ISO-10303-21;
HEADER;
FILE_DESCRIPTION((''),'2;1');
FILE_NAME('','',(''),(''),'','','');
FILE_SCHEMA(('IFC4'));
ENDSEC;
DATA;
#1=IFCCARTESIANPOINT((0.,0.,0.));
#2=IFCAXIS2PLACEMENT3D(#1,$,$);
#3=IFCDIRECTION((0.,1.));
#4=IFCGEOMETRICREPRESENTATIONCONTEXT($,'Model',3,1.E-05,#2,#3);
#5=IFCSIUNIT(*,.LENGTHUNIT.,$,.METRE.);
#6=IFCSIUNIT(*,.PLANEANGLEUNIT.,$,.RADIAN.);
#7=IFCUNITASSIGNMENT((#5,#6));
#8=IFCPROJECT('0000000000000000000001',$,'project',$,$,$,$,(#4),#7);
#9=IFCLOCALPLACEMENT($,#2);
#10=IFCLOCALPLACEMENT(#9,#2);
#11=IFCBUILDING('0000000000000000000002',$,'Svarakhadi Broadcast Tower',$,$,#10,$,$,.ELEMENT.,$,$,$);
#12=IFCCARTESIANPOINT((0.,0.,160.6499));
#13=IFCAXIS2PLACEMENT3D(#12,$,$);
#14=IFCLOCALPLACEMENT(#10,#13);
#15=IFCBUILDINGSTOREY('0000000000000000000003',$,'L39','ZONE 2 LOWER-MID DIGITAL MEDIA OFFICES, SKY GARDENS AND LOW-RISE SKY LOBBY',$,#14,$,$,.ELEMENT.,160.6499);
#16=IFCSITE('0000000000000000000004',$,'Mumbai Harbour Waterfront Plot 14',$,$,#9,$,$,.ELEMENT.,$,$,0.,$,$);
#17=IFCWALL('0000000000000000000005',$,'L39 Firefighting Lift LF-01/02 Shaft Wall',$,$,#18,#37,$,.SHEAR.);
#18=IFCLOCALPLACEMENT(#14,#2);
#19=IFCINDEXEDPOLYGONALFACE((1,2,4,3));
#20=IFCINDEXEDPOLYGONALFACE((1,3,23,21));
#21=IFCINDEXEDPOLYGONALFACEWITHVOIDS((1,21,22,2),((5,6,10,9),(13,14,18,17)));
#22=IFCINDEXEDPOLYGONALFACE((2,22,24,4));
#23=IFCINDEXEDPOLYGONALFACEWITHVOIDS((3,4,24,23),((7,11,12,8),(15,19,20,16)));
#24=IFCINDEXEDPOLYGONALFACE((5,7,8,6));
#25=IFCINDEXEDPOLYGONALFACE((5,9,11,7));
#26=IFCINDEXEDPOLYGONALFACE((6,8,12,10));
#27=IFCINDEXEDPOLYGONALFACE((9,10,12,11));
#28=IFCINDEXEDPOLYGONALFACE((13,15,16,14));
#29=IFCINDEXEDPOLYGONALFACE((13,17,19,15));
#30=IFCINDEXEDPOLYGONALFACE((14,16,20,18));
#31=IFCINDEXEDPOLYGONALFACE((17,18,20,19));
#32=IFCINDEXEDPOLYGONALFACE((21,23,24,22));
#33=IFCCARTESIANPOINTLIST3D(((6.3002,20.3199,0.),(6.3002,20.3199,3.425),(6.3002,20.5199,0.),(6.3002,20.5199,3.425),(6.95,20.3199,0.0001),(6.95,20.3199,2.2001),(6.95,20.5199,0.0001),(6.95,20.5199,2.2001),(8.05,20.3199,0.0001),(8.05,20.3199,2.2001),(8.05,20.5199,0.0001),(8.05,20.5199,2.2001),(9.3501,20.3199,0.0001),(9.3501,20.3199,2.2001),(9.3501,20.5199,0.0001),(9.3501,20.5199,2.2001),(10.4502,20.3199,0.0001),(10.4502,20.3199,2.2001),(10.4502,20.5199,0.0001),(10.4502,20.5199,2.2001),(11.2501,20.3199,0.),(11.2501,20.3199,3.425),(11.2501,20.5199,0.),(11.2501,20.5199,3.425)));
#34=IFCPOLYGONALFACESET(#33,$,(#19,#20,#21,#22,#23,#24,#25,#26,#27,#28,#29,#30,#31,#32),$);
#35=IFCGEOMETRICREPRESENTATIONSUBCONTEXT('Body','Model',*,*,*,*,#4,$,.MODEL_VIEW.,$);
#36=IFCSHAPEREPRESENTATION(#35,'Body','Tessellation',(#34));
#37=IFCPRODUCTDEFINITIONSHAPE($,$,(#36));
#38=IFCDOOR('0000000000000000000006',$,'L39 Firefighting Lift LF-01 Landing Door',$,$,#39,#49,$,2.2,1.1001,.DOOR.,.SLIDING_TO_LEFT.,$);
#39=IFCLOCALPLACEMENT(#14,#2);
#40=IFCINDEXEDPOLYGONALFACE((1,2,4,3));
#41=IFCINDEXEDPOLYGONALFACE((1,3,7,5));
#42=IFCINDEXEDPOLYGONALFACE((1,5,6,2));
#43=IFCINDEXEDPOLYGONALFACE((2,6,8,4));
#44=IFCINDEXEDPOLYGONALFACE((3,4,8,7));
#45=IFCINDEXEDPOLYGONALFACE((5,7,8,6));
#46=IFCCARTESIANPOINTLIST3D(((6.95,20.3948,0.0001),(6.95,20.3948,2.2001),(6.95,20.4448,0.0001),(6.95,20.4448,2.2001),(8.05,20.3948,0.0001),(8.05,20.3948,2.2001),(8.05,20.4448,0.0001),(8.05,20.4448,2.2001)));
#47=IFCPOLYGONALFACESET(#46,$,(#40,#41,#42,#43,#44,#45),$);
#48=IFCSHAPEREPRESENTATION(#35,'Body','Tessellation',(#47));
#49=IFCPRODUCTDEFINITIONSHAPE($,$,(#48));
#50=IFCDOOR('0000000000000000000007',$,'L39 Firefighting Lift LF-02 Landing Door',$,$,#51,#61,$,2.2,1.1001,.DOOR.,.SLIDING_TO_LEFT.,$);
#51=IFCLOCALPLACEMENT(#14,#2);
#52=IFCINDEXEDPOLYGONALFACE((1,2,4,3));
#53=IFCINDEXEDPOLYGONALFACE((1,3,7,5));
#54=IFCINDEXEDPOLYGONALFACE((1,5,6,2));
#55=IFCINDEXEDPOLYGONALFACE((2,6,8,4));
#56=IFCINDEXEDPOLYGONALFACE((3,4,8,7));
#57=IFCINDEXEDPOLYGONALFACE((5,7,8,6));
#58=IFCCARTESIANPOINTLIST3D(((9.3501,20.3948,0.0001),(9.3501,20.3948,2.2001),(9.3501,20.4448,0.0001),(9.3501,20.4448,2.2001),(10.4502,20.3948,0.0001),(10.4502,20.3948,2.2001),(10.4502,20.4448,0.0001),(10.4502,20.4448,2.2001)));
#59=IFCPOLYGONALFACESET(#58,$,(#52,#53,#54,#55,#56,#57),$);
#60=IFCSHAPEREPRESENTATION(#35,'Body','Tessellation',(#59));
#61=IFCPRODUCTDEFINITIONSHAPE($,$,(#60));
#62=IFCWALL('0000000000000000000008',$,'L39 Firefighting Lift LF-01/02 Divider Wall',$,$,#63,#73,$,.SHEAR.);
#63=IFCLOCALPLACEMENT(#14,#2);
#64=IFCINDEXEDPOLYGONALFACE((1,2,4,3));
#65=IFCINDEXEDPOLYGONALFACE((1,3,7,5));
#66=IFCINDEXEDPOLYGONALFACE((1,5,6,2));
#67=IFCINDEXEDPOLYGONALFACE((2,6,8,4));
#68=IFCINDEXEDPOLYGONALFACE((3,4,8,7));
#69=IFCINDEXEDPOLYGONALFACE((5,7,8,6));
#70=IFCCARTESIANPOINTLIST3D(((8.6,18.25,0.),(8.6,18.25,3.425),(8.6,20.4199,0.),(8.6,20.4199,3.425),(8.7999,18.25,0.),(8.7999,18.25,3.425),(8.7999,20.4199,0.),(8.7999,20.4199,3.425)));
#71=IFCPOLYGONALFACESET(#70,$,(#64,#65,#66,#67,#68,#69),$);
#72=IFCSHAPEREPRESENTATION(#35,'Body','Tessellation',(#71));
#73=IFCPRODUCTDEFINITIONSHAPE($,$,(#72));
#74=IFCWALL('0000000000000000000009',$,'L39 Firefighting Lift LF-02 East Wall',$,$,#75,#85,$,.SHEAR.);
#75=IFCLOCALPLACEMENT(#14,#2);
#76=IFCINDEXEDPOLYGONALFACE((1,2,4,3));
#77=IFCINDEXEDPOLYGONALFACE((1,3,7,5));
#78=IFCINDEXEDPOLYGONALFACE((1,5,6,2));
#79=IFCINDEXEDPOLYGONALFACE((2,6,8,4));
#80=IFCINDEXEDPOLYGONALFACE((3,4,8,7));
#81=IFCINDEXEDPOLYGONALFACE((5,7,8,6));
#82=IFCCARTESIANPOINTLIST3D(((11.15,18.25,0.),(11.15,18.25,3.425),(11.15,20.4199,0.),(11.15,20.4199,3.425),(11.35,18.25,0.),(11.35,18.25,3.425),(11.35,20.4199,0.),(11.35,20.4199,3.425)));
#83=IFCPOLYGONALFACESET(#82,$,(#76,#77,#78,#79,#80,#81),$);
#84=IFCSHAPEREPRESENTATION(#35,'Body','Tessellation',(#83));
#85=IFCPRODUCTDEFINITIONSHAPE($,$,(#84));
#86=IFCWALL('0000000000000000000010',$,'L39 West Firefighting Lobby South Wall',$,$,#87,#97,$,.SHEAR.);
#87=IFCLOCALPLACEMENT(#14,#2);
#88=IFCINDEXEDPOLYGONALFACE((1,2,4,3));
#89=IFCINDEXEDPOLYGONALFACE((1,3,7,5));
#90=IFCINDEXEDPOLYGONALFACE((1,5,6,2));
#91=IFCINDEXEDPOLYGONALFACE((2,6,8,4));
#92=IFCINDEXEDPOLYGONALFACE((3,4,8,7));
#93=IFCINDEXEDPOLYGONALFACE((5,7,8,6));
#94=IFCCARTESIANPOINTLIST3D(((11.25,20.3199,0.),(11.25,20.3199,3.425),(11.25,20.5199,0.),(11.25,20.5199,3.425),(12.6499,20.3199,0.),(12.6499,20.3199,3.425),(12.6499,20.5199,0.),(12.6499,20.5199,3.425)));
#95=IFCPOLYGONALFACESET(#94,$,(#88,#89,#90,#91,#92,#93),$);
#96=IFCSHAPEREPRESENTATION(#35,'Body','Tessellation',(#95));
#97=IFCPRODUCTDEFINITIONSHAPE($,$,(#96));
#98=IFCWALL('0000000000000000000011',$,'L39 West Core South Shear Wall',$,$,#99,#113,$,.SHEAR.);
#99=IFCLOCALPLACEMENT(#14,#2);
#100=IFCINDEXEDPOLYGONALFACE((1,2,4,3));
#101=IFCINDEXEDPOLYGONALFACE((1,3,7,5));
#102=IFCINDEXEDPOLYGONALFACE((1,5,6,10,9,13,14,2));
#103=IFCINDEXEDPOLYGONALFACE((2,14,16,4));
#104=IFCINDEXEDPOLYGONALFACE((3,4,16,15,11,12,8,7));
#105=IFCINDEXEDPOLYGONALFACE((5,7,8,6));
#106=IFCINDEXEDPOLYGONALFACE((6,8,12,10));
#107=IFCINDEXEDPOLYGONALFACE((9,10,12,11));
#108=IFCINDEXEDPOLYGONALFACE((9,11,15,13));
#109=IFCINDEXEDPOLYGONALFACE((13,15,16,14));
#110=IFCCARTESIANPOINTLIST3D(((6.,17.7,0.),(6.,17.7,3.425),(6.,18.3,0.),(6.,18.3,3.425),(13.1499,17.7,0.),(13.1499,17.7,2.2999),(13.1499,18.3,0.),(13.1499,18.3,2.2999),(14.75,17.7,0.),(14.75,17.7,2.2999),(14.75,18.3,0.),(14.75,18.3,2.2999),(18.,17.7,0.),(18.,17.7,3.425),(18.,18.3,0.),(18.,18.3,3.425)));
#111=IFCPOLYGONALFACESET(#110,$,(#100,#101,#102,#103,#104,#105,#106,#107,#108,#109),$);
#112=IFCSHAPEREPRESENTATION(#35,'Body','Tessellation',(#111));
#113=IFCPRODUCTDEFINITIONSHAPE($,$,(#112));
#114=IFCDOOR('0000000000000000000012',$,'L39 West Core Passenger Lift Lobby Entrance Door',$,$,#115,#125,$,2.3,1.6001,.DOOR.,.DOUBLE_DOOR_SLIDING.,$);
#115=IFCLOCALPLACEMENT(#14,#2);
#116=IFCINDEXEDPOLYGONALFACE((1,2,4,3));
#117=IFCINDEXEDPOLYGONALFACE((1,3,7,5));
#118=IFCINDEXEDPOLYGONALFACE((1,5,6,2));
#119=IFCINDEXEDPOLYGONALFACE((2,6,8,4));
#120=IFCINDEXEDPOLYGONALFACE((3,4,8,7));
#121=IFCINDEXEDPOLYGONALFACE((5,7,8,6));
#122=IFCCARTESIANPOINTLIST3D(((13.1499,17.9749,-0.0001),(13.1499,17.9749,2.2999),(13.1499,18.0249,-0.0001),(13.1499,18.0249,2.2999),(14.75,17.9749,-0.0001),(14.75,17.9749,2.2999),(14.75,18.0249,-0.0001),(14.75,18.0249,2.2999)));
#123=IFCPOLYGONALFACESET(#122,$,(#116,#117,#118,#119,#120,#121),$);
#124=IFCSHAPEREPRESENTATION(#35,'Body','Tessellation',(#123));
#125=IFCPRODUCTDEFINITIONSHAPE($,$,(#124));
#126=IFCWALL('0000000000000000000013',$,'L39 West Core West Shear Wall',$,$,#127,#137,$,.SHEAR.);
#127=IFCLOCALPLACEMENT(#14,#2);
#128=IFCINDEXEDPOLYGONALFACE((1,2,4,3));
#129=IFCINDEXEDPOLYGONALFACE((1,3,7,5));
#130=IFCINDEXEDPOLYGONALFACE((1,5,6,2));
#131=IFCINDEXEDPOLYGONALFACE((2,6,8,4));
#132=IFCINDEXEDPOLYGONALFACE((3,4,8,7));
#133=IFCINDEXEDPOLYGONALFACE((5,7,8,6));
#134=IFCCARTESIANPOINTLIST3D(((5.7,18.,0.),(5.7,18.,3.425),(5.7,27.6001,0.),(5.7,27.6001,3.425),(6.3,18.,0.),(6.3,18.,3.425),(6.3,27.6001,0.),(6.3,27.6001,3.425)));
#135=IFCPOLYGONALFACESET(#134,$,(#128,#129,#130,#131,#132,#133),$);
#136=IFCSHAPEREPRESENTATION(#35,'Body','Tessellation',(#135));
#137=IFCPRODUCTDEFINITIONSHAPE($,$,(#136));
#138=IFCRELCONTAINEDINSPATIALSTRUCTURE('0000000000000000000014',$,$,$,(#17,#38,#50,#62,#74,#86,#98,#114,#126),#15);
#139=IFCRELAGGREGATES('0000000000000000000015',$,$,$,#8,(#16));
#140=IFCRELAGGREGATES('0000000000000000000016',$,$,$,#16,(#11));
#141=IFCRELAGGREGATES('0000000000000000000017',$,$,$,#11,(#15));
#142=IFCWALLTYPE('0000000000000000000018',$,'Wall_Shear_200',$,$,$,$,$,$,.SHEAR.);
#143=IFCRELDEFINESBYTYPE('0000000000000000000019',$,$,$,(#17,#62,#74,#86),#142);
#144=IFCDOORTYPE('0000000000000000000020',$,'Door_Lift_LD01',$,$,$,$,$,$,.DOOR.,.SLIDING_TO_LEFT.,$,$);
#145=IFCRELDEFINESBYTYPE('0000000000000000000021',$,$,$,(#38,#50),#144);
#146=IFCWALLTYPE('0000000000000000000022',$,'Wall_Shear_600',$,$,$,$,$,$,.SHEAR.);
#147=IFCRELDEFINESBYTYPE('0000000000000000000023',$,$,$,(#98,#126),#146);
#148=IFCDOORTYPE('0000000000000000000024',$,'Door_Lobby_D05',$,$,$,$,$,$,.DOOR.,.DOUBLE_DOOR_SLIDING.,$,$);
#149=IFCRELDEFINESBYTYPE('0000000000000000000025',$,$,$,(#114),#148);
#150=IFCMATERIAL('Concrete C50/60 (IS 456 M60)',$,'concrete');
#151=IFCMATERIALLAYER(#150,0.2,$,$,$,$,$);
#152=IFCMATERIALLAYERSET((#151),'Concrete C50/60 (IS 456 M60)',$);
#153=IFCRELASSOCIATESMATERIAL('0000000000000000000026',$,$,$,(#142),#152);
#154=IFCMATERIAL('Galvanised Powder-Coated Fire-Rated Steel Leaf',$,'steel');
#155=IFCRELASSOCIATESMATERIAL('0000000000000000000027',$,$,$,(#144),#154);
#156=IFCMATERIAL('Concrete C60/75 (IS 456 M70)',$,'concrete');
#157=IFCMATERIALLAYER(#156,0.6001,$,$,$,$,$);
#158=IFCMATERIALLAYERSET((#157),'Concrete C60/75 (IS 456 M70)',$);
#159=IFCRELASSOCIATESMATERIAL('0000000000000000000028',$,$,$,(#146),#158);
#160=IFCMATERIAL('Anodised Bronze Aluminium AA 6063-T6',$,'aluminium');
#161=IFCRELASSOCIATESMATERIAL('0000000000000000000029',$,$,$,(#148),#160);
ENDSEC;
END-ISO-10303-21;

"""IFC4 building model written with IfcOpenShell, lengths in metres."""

from ifc_helpers import new_model, si_unit, direction, frame, frame_2d, origin, place, context, subcontext, project, spatial, rectangle, extrude, material, layer, layer_set, type_object, element, fill, save


model = new_model("IFC4")

# Units and contexts
model_context = context("Model", 3, precision=1e-05, world=origin(), true_north=direction((0.0, 1.0)))
body_context = subcontext(model_context, "Body", "Model", "MODEL_VIEW")
ifc_project = project(units=[si_unit("LENGTHUNIT", "METRE"), si_unit("PLANEANGLEUNIT", "RADIAN")], contexts=[model_context])

# Site, building, storey
site_placement = place(None, origin())
site = spatial("IfcSite", under=ifc_project, at=site_placement, Name="Mumbai Harbour Waterfront Plot 14", CompositionType="ELEMENT", RefElevation=0.0)
building_placement = place(site_placement, origin())
building = spatial("IfcBuilding", under=site, at=building_placement, Name="Svarakhadi Broadcast Tower", CompositionType="ELEMENT")
storey_placement = place(building_placement, frame((0.0, 0.0, 160.6499)))
storey = spatial("IfcBuildingStorey", under=building, at=storey_placement, Name="L39", Description="ZONE 2 LOWER-MID DIGITAL MEDIA OFFICES, SKY GARDENS AND LOW-RISE SKY LOBBY", CompositionType="ELEMENT", Elevation=160.6499)

# Shared definitions
ifc_material_1 = material(Name="Concrete C50/60 (IS 456 M60)", Category="concrete")

# Wall, openings, doors
ifc_layer_1 = layer(ifc_material_1, 0.2)
ifc_layer_set_1 = layer_set([ifc_layer_1], Name="Concrete C50/60 (IS 456 M60)")
wall_type_1 = type_object("IfcWallType", Name="Wall_Shear_200", PredefinedType="SHEAR", material=ifc_layer_set_1)
wall_1_placement = place(storey_placement, frame((6.3, 20.4199, 0.0), z_axis=(0.0, 0.0, 1.0), x_axis=(1.0, 0.0, 0.0)))
wall_1 = element("IfcWall", 1, at=wall_1_placement, inside=storey, type_object=wall_type_1, Name="L39 Firefighting Lift LF-01/02 Shaft Wall", PredefinedType="SHEAR", context=body_context, shape_type="SweptSolid", body=[
    extrude(rectangle(XDim=4.95, YDim=0.2, at=frame_2d((2.4751, 0.0))), origin(), (0.0, 0.0, 1.0), 3.425),
])
opening_1_placement = place(wall_1_placement, frame((0.6499, 0.0, 0.0)))
opening_1 = element("IfcOpeningElement", 2, at=opening_1_placement, cuts=wall_1, PredefinedType="OPENING", context=body_context, shape_type="SweptSolid", body=[
    extrude(rectangle(XDim=1.1001, YDim=2.2, at=frame_2d((0.55, 1.1001))), frame((0.0, 0.1099, 0.0), z_axis=(0.0, -1.0, 0.0), x_axis=(1.0, 0.0, 0.0)), (0.0, 0.0, 1.0), 0.22),
])
opening_2_placement = place(wall_1_placement, frame((3.05, 0.0, 0.0)))
opening_2 = element("IfcOpeningElement", 3, at=opening_2_placement, cuts=wall_1, PredefinedType="OPENING", context=body_context, shape_type="SweptSolid", body=[
    extrude(rectangle(XDim=1.1001, YDim=2.2, at=frame_2d((0.55, 1.1001))), frame((0.0, 0.1099, 0.0), z_axis=(0.0, -1.0, 0.0), x_axis=(1.0, 0.0, 0.0)), (0.0, 0.0, 1.0), 0.22),
])
ifc_material_2 = material(Name="Galvanised Powder-Coated Fire-Rated Steel Leaf", Category="steel")
door_type_1 = type_object("IfcDoorType", Name="Door_Lift_LD01", OperationType="SLIDING_TO_LEFT", PredefinedType="DOOR", material=ifc_material_2)
door_1_placement = place(opening_1_placement, origin())
door_1 = element("IfcDoor", 4, at=door_1_placement, inside=storey, type_object=door_type_1, Name="L39 Firefighting Lift LF-01 Landing Door", OperationType="SLIDING_TO_LEFT", OverallHeight=2.2, OverallWidth=1.1001, PredefinedType="DOOR", context=body_context, shape_type="SweptSolid", body=[
    extrude(rectangle(XDim=1.1001, YDim=2.2, at=frame_2d((0.55, 1.1001))), frame((0.0, 0.0249, 0.0), z_axis=(0.0, -1.0, 0.0), x_axis=(1.0, 0.0, 0.0)), (0.0, 0.0, 1.0), 0.05),
])
fill(opening_1, door_1)
door_2_placement = place(opening_2_placement, origin())
door_2 = element("IfcDoor", 5, at=door_2_placement, inside=storey, type_object=door_type_1, Name="L39 Firefighting Lift LF-02 Landing Door", OperationType="SLIDING_TO_LEFT", OverallHeight=2.2, OverallWidth=1.1001, PredefinedType="DOOR", context=body_context, shape_type="SweptSolid", body=[
    extrude(rectangle(XDim=1.1001, YDim=2.2, at=frame_2d((0.55, 1.1001))), frame((0.0, 0.0249, 0.0), z_axis=(0.0, -1.0, 0.0), x_axis=(1.0, 0.0, 0.0)), (0.0, 0.0, 1.0), 0.05),
])
fill(opening_2, door_2)

# Walls
for number, where, z_axis, x_axis, name in (
    (6, (8.7, 18.25, 0.0), (0.0, 0.0, 1.0), (0.0, 1.0, 0.0), "L39 Firefighting Lift LF-01/02 Divider Wall"),
    (7, (11.25, 18.25, 0.0), (0.0, 0.0, 1.0), (0.0, 1.0, 0.0), "L39 Firefighting Lift LF-02 East Wall"),
):
    element("IfcWall", number, at=place(storey_placement, frame(where, z_axis=z_axis, x_axis=x_axis)), inside=storey, type_object=wall_type_1, Name=name, PredefinedType="SHEAR", context=body_context, shape_type="SweptSolid", body=[
        extrude(rectangle(XDim=2.1699, YDim=0.2, at=frame_2d((1.085, 0.0))), origin(), (0.0, 0.0, 1.0), 3.425),
    ])
wall_2_placement = place(storey_placement, frame((11.25, 20.4199, 0.0), z_axis=(0.0, 0.0, 1.0), x_axis=(1.0, 0.0, 0.0)))
element("IfcWall", 8, at=wall_2_placement, inside=storey, type_object=wall_type_1, Name="L39 West Firefighting Lobby South Wall", PredefinedType="SHEAR", context=body_context, shape_type="SweptSolid", body=[
    extrude(rectangle(XDim=1.3999, YDim=0.2, at=frame_2d((0.7, 0.0))), origin(), (0.0, 0.0, 1.0), 3.425),
])

# Wall, opening, door
ifc_material_3 = material(Name="Concrete C60/75 (IS 456 M70)", Category="concrete")
ifc_layer_2 = layer(ifc_material_3, 0.6001)
ifc_layer_set_2 = layer_set([ifc_layer_2], Name="Concrete C60/75 (IS 456 M70)")
wall_type_2 = type_object("IfcWallType", Name="Wall_Shear_600", PredefinedType="SHEAR", material=ifc_layer_set_2)
wall_3_placement = place(storey_placement, frame((6.0, 18.0, 0.0), z_axis=(0.0, 0.0, 1.0), x_axis=(1.0, 0.0, 0.0)))
wall_3 = element("IfcWall", 9, at=wall_3_placement, inside=storey, type_object=wall_type_2, Name="L39 West Core South Shear Wall", PredefinedType="SHEAR", context=body_context, shape_type="SweptSolid", body=[
    extrude(rectangle(XDim=12.0, YDim=0.6001, at=frame_2d((6.0, 0.0))), origin(), (0.0, 0.0, 1.0), 3.425),
])
opening_3_placement = place(wall_3_placement, frame((7.1499, 0.0, 0.0)))
opening_3 = element("IfcOpeningElement", 10, at=opening_3_placement, cuts=wall_3, PredefinedType="OPENING", context=body_context, shape_type="SweptSolid", body=[
    extrude(rectangle(XDim=1.6001, YDim=2.3, at=frame_2d((0.8, 1.1499))), frame((0.0, 0.3101, 0.0), z_axis=(0.0, -1.0, 0.0), x_axis=(1.0, 0.0, 0.0)), (0.0, 0.0, 1.0), 0.6201),
])
ifc_material_4 = material(Name="Anodised Bronze Aluminium AA 6063-T6", Category="aluminium")
door_type_2 = type_object("IfcDoorType", Name="Door_Lobby_D05", OperationType="DOUBLE_DOOR_SLIDING", PredefinedType="DOOR", material=ifc_material_4)
door_3_placement = place(opening_3_placement, origin())
door_3 = element("IfcDoor", 11, at=door_3_placement, inside=storey, type_object=door_type_2, Name="L39 West Core Passenger Lift Lobby Entrance Door", OperationType="DOUBLE_DOOR_SLIDING", OverallHeight=2.3, OverallWidth=1.6001, PredefinedType="DOOR", context=body_context, shape_type="SweptSolid", body=[
    extrude(rectangle(XDim=1.6001, YDim=2.3, at=frame_2d((0.8, 1.1499))), frame((0.0, 0.0249, 0.0), z_axis=(0.0, -1.0, 0.0), x_axis=(1.0, 0.0, 0.0)), (0.0, 0.0, 1.0), 0.05),
])
fill(opening_3, door_3)

# Wall
wall_4_placement = place(storey_placement, frame((6.0, 18.0, 0.0), z_axis=(0.0, 0.0, 1.0), x_axis=(0.0, 1.0, 0.0)))
element("IfcWall", 12, at=wall_4_placement, inside=storey, type_object=wall_type_2, Name="L39 West Core West Shear Wall", PredefinedType="SHEAR", context=body_context, shape_type="SweptSolid", body=[
    extrude(rectangle(XDim=9.6001, YDim=0.6001, at=frame_2d((4.8, 0.0))), origin(), (0.0, 0.0, 1.0), 3.425),
])

save(model, "model.ifc")
